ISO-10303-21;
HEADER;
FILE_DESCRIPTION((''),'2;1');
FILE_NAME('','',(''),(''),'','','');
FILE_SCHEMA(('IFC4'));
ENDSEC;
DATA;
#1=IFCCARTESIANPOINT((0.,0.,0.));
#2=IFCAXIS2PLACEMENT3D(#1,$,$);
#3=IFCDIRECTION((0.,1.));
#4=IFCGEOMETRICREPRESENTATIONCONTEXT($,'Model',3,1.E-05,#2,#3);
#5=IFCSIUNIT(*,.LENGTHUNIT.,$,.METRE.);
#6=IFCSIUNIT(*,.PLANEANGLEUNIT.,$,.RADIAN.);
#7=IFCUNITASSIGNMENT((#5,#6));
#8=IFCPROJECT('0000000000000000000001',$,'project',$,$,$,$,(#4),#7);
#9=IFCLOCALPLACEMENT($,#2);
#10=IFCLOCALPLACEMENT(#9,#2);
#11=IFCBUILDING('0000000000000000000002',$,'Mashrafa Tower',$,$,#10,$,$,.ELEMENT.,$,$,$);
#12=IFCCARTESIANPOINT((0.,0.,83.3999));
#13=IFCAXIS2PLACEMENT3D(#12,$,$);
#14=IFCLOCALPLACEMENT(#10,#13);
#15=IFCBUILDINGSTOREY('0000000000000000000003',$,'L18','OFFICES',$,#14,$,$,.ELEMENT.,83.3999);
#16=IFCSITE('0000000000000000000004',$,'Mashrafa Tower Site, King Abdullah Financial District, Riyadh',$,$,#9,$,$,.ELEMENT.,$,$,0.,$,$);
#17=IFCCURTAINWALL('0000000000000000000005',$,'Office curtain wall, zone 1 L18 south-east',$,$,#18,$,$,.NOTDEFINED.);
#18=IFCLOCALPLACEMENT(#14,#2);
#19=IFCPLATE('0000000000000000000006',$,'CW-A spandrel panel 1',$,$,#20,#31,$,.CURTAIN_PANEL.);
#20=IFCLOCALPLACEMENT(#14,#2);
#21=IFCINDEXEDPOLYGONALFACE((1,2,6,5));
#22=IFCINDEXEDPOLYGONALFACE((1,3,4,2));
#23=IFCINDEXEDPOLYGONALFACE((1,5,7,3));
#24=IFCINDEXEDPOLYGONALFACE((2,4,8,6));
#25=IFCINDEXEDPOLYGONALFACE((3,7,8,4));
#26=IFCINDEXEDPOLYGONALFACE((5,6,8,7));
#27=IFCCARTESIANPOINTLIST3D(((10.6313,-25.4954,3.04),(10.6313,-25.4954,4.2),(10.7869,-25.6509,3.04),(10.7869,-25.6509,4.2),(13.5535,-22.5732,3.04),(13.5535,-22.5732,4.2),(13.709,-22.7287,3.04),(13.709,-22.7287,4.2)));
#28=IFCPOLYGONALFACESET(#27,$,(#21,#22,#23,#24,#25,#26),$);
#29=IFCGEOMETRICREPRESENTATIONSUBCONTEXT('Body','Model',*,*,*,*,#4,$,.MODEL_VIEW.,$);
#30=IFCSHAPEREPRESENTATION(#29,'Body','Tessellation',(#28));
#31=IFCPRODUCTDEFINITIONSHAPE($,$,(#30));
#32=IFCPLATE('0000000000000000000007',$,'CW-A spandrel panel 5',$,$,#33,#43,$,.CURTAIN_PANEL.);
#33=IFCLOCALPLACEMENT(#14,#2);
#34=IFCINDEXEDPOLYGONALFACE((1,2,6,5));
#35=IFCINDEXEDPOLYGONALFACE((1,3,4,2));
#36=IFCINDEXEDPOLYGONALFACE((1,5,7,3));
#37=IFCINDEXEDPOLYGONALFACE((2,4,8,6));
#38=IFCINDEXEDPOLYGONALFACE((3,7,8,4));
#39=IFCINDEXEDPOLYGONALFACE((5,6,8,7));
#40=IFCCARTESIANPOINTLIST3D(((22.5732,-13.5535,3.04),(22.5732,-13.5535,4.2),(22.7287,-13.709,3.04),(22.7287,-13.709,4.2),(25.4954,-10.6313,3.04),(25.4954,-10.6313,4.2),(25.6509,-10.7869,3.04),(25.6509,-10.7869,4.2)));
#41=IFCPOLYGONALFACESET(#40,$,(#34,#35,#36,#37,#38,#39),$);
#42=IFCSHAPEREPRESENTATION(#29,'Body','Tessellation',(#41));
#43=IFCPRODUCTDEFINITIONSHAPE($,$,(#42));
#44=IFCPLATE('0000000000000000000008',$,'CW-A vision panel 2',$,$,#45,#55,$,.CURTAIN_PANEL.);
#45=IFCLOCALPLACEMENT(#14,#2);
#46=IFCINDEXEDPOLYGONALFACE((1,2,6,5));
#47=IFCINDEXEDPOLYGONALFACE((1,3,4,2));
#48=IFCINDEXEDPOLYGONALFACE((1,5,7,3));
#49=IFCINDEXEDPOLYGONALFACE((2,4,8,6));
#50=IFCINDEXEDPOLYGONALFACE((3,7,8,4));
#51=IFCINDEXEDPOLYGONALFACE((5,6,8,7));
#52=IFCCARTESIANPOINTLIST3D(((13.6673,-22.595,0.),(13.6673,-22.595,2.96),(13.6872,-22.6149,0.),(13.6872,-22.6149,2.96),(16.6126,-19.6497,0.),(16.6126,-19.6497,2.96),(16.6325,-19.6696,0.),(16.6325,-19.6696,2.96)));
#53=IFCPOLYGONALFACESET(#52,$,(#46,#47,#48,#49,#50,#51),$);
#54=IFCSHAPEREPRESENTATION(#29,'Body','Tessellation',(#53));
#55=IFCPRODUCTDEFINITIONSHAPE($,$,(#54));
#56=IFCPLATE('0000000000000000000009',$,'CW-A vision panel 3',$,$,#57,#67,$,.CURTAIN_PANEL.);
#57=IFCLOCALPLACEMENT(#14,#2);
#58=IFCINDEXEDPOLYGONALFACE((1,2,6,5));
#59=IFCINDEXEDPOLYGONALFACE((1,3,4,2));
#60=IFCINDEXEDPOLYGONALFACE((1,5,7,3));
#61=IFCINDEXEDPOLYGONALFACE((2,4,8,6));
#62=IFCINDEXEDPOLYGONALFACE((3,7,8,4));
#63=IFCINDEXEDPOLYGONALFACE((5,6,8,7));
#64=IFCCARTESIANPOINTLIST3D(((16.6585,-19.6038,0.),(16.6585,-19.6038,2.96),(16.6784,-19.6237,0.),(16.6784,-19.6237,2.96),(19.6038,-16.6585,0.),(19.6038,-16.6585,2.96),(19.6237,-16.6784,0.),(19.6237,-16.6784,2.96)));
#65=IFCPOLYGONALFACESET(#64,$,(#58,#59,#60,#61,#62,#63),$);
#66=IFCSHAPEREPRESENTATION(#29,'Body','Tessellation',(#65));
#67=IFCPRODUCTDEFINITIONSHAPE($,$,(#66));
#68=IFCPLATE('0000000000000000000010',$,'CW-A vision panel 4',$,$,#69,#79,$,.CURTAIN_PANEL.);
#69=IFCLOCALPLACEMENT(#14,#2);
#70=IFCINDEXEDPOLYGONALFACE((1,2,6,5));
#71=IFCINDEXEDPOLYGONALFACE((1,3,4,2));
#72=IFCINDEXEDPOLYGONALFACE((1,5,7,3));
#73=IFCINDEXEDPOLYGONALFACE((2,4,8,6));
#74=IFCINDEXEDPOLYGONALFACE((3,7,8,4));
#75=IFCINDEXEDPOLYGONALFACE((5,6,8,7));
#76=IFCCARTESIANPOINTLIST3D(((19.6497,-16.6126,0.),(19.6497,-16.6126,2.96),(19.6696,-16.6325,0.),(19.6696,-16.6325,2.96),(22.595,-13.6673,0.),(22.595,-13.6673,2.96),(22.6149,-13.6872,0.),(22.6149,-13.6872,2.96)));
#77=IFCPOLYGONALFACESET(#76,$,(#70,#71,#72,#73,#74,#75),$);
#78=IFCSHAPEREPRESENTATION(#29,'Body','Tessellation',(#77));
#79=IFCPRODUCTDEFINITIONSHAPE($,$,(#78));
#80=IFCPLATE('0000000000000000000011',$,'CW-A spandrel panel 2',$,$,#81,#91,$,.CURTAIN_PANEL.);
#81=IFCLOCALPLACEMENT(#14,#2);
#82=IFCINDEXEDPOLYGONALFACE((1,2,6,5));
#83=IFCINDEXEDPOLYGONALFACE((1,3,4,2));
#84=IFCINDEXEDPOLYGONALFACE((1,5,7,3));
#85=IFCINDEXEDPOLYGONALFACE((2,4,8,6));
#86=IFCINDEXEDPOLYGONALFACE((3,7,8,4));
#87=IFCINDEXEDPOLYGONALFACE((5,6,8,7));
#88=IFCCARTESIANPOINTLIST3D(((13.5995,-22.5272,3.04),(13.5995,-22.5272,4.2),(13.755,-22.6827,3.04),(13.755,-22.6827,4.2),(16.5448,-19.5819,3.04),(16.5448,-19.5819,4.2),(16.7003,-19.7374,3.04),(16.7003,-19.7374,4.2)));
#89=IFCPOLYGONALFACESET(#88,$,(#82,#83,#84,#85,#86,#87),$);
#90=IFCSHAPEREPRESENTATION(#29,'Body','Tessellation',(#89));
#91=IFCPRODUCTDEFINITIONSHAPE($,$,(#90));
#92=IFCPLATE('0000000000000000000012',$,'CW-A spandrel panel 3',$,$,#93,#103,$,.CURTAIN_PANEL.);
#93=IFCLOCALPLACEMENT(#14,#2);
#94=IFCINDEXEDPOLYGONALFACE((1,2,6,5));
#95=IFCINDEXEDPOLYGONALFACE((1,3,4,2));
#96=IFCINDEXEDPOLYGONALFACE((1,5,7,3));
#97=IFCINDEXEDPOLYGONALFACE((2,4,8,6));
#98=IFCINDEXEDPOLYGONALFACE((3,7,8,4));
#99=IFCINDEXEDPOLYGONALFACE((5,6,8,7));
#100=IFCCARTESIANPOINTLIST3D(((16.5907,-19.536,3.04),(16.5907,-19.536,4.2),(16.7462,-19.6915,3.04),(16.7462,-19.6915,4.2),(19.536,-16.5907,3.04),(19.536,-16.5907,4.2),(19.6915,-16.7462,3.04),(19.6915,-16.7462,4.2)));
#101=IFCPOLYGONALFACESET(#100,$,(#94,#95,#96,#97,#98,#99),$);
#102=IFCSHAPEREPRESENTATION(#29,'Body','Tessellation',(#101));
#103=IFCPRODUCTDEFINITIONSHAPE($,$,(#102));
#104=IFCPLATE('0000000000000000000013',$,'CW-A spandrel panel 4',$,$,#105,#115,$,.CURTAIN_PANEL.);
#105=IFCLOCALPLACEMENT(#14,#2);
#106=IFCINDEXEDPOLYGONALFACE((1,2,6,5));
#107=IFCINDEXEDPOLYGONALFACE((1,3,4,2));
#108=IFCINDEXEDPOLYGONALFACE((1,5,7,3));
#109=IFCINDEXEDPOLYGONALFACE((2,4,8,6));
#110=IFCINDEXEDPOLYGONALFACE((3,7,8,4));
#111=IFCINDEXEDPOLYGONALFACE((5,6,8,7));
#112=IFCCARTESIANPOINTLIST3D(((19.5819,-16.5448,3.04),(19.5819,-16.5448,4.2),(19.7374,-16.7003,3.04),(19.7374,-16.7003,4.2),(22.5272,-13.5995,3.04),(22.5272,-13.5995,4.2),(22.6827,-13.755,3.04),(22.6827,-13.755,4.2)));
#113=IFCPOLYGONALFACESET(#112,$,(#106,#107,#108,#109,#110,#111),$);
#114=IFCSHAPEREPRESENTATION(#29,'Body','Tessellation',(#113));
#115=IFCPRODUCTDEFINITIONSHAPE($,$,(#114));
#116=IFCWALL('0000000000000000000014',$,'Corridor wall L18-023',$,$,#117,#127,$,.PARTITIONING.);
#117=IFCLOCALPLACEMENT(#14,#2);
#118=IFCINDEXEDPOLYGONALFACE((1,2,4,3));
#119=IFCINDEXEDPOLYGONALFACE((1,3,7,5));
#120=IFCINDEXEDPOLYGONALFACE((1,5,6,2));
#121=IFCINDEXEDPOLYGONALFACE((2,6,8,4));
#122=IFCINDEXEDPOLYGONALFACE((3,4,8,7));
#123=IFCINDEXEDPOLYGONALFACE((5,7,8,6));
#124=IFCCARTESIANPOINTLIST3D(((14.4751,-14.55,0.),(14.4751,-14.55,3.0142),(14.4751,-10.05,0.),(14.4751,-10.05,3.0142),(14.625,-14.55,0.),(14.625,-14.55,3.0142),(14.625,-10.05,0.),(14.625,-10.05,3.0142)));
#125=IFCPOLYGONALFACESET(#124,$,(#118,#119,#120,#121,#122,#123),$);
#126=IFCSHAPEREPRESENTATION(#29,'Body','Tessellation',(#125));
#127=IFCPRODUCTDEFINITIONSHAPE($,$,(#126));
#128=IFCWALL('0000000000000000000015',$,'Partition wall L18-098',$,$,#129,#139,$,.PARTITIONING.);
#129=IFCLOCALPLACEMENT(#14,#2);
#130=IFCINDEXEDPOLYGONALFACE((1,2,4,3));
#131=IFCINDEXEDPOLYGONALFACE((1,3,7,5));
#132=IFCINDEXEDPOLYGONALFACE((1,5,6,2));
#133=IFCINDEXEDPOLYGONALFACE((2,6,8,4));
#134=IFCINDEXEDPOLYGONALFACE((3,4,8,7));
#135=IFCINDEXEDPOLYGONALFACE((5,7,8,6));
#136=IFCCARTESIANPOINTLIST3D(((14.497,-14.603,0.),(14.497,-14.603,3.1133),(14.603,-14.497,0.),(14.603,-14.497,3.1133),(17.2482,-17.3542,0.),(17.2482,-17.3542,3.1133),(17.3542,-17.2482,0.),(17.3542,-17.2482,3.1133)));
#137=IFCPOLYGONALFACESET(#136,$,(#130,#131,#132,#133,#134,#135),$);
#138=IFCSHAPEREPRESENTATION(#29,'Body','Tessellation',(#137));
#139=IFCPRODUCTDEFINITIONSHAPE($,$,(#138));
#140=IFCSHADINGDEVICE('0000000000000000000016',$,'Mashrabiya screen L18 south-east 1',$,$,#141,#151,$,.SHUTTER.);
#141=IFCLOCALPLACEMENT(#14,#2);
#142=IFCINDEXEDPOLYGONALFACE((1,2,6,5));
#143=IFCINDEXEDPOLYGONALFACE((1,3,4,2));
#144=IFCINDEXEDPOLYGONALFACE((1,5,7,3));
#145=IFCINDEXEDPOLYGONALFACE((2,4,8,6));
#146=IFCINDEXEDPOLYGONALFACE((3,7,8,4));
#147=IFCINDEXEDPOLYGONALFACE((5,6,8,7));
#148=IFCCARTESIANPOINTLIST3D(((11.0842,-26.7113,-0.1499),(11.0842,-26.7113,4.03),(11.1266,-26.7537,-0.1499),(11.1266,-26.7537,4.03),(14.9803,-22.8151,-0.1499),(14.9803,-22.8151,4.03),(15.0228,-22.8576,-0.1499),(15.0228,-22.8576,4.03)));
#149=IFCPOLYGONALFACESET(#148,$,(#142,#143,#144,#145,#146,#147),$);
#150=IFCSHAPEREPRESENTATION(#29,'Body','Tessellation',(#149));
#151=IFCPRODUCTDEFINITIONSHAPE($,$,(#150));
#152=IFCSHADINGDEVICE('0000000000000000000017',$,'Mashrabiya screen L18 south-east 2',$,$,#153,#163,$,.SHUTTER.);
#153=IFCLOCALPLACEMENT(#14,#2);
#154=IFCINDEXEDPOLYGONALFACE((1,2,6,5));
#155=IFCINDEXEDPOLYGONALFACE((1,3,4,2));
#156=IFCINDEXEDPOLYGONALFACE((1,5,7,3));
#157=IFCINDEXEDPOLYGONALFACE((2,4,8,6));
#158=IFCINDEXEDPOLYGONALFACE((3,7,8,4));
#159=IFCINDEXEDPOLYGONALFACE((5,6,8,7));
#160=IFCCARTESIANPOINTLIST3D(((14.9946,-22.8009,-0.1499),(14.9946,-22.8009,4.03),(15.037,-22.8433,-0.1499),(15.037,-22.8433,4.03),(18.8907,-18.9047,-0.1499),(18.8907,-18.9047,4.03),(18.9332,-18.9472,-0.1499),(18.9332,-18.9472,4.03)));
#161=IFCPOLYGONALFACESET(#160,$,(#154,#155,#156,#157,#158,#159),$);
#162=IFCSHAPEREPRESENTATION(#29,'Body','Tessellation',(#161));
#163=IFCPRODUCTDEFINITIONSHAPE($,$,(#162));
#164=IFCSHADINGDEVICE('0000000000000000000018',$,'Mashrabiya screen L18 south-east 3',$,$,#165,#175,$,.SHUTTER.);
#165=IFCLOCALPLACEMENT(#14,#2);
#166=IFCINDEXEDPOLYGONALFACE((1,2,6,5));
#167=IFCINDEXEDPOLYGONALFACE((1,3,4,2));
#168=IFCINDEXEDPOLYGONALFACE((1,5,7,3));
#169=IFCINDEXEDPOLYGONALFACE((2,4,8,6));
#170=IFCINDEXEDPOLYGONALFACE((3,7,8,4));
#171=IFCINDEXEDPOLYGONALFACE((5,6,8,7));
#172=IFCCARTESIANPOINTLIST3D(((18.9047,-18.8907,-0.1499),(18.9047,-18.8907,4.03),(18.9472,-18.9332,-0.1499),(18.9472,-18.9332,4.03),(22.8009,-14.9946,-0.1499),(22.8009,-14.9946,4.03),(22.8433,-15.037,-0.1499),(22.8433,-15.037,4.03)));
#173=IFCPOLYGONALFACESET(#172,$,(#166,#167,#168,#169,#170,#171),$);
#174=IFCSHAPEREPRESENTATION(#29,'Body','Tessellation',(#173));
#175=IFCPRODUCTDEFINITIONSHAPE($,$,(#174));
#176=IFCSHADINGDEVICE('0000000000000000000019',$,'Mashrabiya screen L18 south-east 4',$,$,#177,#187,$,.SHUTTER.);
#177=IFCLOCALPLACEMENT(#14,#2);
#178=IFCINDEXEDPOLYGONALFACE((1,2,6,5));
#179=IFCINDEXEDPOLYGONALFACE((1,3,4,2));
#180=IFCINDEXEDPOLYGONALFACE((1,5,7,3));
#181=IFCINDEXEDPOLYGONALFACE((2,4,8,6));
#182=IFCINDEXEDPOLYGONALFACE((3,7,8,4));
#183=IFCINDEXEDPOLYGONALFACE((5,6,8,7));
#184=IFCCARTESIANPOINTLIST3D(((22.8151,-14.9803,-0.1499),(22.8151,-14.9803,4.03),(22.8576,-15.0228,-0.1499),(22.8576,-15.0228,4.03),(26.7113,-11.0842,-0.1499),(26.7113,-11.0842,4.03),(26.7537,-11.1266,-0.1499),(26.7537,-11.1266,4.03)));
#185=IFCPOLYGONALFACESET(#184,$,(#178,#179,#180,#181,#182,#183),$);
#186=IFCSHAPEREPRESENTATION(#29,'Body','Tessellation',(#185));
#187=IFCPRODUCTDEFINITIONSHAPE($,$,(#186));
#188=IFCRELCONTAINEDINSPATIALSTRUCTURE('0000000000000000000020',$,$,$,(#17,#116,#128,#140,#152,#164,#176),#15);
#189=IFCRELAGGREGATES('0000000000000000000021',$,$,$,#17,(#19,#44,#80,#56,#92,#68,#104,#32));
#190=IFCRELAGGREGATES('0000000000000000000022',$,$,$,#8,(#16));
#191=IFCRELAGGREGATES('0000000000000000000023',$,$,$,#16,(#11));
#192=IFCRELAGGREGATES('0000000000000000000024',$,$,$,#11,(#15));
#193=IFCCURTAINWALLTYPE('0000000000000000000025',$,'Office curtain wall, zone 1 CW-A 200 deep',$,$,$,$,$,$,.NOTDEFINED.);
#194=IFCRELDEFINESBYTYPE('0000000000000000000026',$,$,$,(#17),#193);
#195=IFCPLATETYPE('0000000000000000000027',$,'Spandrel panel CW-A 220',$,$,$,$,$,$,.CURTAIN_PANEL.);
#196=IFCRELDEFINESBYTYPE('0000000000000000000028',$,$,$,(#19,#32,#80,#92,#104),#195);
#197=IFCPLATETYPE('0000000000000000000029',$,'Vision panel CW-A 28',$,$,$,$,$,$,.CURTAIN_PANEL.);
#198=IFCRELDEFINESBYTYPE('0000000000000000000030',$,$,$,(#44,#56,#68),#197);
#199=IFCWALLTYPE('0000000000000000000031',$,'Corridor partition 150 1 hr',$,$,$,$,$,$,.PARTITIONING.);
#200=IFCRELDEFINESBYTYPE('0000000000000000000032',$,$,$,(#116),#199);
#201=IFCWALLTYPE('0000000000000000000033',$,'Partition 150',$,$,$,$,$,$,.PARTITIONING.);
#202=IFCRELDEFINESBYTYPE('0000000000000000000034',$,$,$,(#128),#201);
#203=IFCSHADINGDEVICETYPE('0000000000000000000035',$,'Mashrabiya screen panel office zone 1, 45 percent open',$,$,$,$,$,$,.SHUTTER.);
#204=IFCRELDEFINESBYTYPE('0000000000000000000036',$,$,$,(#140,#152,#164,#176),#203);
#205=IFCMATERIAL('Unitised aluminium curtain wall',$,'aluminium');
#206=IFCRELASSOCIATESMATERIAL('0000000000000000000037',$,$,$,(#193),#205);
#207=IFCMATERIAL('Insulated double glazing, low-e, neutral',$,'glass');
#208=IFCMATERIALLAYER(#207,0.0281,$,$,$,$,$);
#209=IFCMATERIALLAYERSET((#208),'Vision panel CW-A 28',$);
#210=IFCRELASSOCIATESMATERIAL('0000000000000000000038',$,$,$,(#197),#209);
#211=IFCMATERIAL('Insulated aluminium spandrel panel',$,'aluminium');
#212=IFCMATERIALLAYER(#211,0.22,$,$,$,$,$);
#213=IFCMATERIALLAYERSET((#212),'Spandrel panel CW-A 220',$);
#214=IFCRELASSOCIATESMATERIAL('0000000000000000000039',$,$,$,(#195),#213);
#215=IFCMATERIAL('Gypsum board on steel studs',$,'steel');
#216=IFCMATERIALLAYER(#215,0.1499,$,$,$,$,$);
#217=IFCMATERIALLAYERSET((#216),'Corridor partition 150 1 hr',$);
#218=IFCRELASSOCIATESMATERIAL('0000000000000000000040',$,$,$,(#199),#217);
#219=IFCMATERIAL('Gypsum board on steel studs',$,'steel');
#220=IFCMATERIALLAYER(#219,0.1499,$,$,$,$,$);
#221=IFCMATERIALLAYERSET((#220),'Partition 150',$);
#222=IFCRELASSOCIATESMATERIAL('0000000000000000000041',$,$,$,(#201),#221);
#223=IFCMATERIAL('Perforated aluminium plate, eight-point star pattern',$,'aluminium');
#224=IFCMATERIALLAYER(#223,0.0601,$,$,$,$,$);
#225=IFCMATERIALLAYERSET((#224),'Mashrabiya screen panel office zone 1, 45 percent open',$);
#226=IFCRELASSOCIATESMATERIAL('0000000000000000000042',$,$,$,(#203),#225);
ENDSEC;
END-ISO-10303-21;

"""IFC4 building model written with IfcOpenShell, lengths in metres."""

from ifc_helpers import new_model, si_unit, direction, frame, frame_2d, origin, origin_2d, place, context, subcontext, project, spatial, rectangle, extrude, source, transform, mapped, material, layer, layer_set, type_object, type_shapes, element, aggregate, save


model = new_model("IFC4")

# Units and contexts
model_context = context("Model", 3, precision=1e-05, world=origin(), true_north=direction((0.0, 1.0)))
body_context = subcontext(model_context, "Body", "Model", "MODEL_VIEW")
ifc_project = project(units=[si_unit("LENGTHUNIT", "METRE"), si_unit("PLANEANGLEUNIT", "RADIAN")], contexts=[model_context])

# Site, building, storey
site_placement = place(None, origin())
site = spatial("IfcSite", under=ifc_project, at=site_placement, Name="Mashrafa Tower Site, King Abdullah Financial District, Riyadh", CompositionType="ELEMENT", RefElevation=0.0)
building_placement = place(site_placement, origin())
building = spatial("IfcBuilding", under=site, at=building_placement, Name="Mashrafa Tower", CompositionType="ELEMENT")
storey_placement = place(building_placement, frame((0.0, 0.0, 83.3999)))
storey = spatial("IfcBuildingStorey", under=building, at=storey_placement, Name="L18", Description="OFFICES", CompositionType="ELEMENT", Elevation=83.3999)

# Curtain wall, plates
ifc_material_1 = material(Name="Unitised aluminium curtain wall", Category="aluminium")
curtain_wall_type = type_object("IfcCurtainWallType", Name="Office curtain wall, zone 1 CW-A 200 deep", PredefinedType="NOTDEFINED", material=ifc_material_1)
curtain_wall_placement = place(storey_placement, origin())
curtain_wall = element("IfcCurtainWall", 1, at=curtain_wall_placement, inside=storey, type_object=curtain_wall_type, Name="Office curtain wall, zone 1 L18 south-east", PredefinedType="NOTDEFINED")
ifc_material_2 = material(Name="Insulated double glazing, low-e, neutral", Category="glass")
ifc_layer_1 = layer(ifc_material_2, 0.0281)
ifc_layer_set_1 = layer_set([ifc_layer_1], Name="Vision panel CW-A 28")
plate_type_1 = type_object("IfcPlateType", Name="Vision panel CW-A 28", PredefinedType="CURTAIN_PANEL", material=ifc_layer_set_1)
ifc_material_3 = material(Name="Insulated aluminium spandrel panel", Category="aluminium")
ifc_layer_2 = layer(ifc_material_3, 0.22)
ifc_layer_set_2 = layer_set([ifc_layer_2], Name="Spandrel panel CW-A 220")
plate_type_2 = type_object("IfcPlateType", Name="Spandrel panel CW-A 220", PredefinedType="CURTAIN_PANEL", material=ifc_layer_set_2)
shared_shape_1 = source(origin(), body_context, "Body", "SweptSolid", [
    extrude(rectangle(XDim=4.1326, YDim=0.22, at=origin_2d()), origin(), (0.0, 0.0, 1.0), 1.1599),
])
plate_1_placement = place(storey_placement, frame((12.1702, -24.1121, 3.04), z_axis=(0.0, 0.0, 1.0), x_axis=(0.707107, 0.707107, 0.0)))
plate_1 = element("IfcPlate", 2, at=plate_1_placement, type_object=plate_type_2, Name="CW-A spandrel panel 1", PredefinedType="CURTAIN_PANEL", context=body_context, shape_type="MappedRepresentation", body=[
    mapped(shared_shape_1, transform((0.0, 0.0, 0.0))),
])
plate_2_placement = place(storey_placement, frame((24.1121, -12.1702, 3.04), z_axis=(0.0, 0.0, 1.0), x_axis=(0.707107, 0.707107, 0.0)))
plate_2 = element("IfcPlate", 3, at=plate_2_placement, type_object=plate_type_2, Name="CW-A spandrel panel 5", PredefinedType="CURTAIN_PANEL", context=body_context, shape_type="MappedRepresentation", body=[
    mapped(shared_shape_1, transform((0.0, 0.0, 0.0))),
])
shared_shape_2 = source(origin(), body_context, "Body", "SweptSolid", [
    extrude(rectangle(XDim=4.1653, YDim=0.0281, at=origin_2d()), origin(), (0.0, 0.0, 1.0), 2.96),
])
plate_3_placement = place(storey_placement, frame((15.1499, -21.1323, 0.0), z_axis=(0.0, 0.0, 1.0), x_axis=(0.707107, 0.707107, 0.0)))
plate_3 = element("IfcPlate", 4, at=plate_3_placement, type_object=plate_type_1, Name="CW-A vision panel 2", PredefinedType="CURTAIN_PANEL", context=body_context, shape_type="MappedRepresentation", body=[
    mapped(shared_shape_2, transform((0.0, 0.0, 0.0))),
])
plate_4_placement = place(storey_placement, frame((18.1411, -18.1411, 0.0), z_axis=(0.0, 0.0, 1.0), x_axis=(0.707107, 0.707107, 0.0)))
plate_4 = element("IfcPlate", 5, at=plate_4_placement, type_object=plate_type_1, Name="CW-A vision panel 3", PredefinedType="CURTAIN_PANEL", context=body_context, shape_type="MappedRepresentation", body=[
    mapped(shared_shape_2, transform((0.0, 0.0, 0.0))),
])
plate_5_placement = place(storey_placement, frame((21.1323, -15.1499, 0.0), z_axis=(0.0, 0.0, 1.0), x_axis=(0.707107, 0.707107, 0.0)))
plate_5 = element("IfcPlate", 6, at=plate_5_placement, type_object=plate_type_1, Name="CW-A vision panel 4", PredefinedType="CURTAIN_PANEL", context=body_context, shape_type="MappedRepresentation", body=[
    mapped(shared_shape_2, transform((0.0, 0.0, 0.0))),
])
shared_shape_3 = source(origin(), body_context, "Body", "SweptSolid", [
    extrude(rectangle(XDim=4.1653, YDim=0.22, at=origin_2d()), origin(), (0.0, 0.0, 1.0), 1.1599),
])
type_shapes(plate_type_2, [shared_shape_1, shared_shape_3])
plate_6_placement = place(storey_placement, frame((15.1499, -21.1323, 3.04), z_axis=(0.0, 0.0, 1.0), x_axis=(0.707107, 0.707107, 0.0)))
plate_6 = element("IfcPlate", 7, at=plate_6_placement, type_object=plate_type_2, Name="CW-A spandrel panel 2", PredefinedType="CURTAIN_PANEL", context=body_context, shape_type="MappedRepresentation", body=[
    mapped(shared_shape_3, transform((0.0, 0.0, 0.0))),
])
plate_7_placement = place(storey_placement, frame((18.1411, -18.1411, 3.04), z_axis=(0.0, 0.0, 1.0), x_axis=(0.707107, 0.707107, 0.0)))
plate_7 = element("IfcPlate", 8, at=plate_7_placement, type_object=plate_type_2, Name="CW-A spandrel panel 3", PredefinedType="CURTAIN_PANEL", context=body_context, shape_type="MappedRepresentation", body=[
    mapped(shared_shape_3, transform((0.0, 0.0, 0.0))),
])
plate_8_placement = place(storey_placement, frame((21.1323, -15.1499, 3.04), z_axis=(0.0, 0.0, 1.0), x_axis=(0.707107, 0.707107, 0.0)))
plate_8 = element("IfcPlate", 9, at=plate_8_placement, type_object=plate_type_2, Name="CW-A spandrel panel 4", PredefinedType="CURTAIN_PANEL", context=body_context, shape_type="MappedRepresentation", body=[
    mapped(shared_shape_3, transform((0.0, 0.0, 0.0))),
])
aggregate(curtain_wall, [plate_1, plate_3, plate_6, plate_4, plate_7, plate_5, plate_8, plate_2])

# Walls
ifc_material_4 = material(Name="Gypsum board on steel studs", Category="steel")
ifc_layer_3 = layer(ifc_material_4, 0.1499)
ifc_layer_set_3 = layer_set([ifc_layer_3], Name="Corridor partition 150 1 hr")
wall_type_1 = type_object("IfcWallType", Name="Corridor partition 150 1 hr", PredefinedType="PARTITIONING", material=ifc_layer_set_3)
wall_1_placement = place(storey_placement, frame((14.55, -14.55, 0.0), z_axis=(0.0, 0.0, 1.0), x_axis=(0.0, 1.0, 0.0)))
element("IfcWall", 10, at=wall_1_placement, inside=storey, type_object=wall_type_1, Name="Corridor wall L18-023", PredefinedType="PARTITIONING", context=body_context, shape_type="SweptSolid", body=[
    extrude(rectangle(XDim=4.5, YDim=0.1499, at=frame_2d((2.25, 0.0))), origin(), (0.0, 0.0, 1.0), 3.0142),
])
ifc_material_5 = material(Name="Gypsum board on steel studs", Category="steel")
ifc_layer_4 = layer(ifc_material_5, 0.1499)
ifc_layer_set_4 = layer_set([ifc_layer_4], Name="Partition 150")
wall_type_2 = type_object("IfcWallType", Name="Partition 150", PredefinedType="PARTITIONING", material=ifc_layer_set_4)
wall_2_placement = place(storey_placement, frame((14.55, -14.55, 0.0), z_axis=(0.0, 0.0, 1.0), x_axis=(0.707107, -0.707107, 0.0)))
element("IfcWall", 11, at=wall_2_placement, inside=storey, type_object=wall_type_2, Name="Partition wall L18-098", PredefinedType="PARTITIONING", context=body_context, shape_type="SweptSolid", body=[
    extrude(rectangle(XDim=3.8909, YDim=0.1499, at=frame_2d((1.9453, 0.0))), origin(), (0.0, 0.0, 1.0), 3.1133),
])

# Shading devices
ifc_material_6 = material(Name="Perforated aluminium plate, eight-point star pattern", Category="aluminium")
ifc_layer_5 = layer(ifc_material_6, 0.0601)
ifc_layer_set_5 = layer_set([ifc_layer_5], Name="Mashrabiya screen panel office zone 1, 45 percent open")
shading_device_type = type_object("IfcShadingDeviceType", Name="Mashrabiya screen panel office zone 1, 45 percent open", PredefinedType="SHUTTER", material=ifc_layer_set_5)
shared_shape_4 = source(origin(), body_context, "Body", "SweptSolid", [
    extrude(rectangle(XDim=5.51, YDim=0.0601, at=origin_2d()), origin(), (0.0, 0.0, 1.0), 4.1799),
])
type_shapes(shading_device_type, [shared_shape_4])
for number, where, z_axis, x_axis, name in (
    (12, (13.0535, -24.7844, -0.1499), (0.0, 0.0, 1.0), (0.707107, 0.707107, 0.0), "Mashrabiya screen L18 south-east 1"),
    (13, (16.9639, -20.874, -0.1499), (0.0, 0.0, 1.0), (0.707107, 0.707107, 0.0), "Mashrabiya screen L18 south-east 2"),
    (14, (20.874, -16.9639, -0.1499), (0.0, 0.0, 1.0), (0.707107, 0.707107, 0.0), "Mashrabiya screen L18 south-east 3"),
    (15, (24.7844, -13.0535, -0.1499), (0.0, 0.0, 1.0), (0.707107, 0.707107, 0.0), "Mashrabiya screen L18 south-east 4"),
):
    element("IfcShadingDevice", number, at=place(storey_placement, frame(where, z_axis=z_axis, x_axis=x_axis)), inside=storey, type_object=shading_device_type, Name=name, PredefinedType="SHUTTER", context=body_context, shape_type="MappedRepresentation", body=[
        mapped(shared_shape_4, transform((0.0, 0.0, 0.0))),
    ])

save(model, "model.ifc")
